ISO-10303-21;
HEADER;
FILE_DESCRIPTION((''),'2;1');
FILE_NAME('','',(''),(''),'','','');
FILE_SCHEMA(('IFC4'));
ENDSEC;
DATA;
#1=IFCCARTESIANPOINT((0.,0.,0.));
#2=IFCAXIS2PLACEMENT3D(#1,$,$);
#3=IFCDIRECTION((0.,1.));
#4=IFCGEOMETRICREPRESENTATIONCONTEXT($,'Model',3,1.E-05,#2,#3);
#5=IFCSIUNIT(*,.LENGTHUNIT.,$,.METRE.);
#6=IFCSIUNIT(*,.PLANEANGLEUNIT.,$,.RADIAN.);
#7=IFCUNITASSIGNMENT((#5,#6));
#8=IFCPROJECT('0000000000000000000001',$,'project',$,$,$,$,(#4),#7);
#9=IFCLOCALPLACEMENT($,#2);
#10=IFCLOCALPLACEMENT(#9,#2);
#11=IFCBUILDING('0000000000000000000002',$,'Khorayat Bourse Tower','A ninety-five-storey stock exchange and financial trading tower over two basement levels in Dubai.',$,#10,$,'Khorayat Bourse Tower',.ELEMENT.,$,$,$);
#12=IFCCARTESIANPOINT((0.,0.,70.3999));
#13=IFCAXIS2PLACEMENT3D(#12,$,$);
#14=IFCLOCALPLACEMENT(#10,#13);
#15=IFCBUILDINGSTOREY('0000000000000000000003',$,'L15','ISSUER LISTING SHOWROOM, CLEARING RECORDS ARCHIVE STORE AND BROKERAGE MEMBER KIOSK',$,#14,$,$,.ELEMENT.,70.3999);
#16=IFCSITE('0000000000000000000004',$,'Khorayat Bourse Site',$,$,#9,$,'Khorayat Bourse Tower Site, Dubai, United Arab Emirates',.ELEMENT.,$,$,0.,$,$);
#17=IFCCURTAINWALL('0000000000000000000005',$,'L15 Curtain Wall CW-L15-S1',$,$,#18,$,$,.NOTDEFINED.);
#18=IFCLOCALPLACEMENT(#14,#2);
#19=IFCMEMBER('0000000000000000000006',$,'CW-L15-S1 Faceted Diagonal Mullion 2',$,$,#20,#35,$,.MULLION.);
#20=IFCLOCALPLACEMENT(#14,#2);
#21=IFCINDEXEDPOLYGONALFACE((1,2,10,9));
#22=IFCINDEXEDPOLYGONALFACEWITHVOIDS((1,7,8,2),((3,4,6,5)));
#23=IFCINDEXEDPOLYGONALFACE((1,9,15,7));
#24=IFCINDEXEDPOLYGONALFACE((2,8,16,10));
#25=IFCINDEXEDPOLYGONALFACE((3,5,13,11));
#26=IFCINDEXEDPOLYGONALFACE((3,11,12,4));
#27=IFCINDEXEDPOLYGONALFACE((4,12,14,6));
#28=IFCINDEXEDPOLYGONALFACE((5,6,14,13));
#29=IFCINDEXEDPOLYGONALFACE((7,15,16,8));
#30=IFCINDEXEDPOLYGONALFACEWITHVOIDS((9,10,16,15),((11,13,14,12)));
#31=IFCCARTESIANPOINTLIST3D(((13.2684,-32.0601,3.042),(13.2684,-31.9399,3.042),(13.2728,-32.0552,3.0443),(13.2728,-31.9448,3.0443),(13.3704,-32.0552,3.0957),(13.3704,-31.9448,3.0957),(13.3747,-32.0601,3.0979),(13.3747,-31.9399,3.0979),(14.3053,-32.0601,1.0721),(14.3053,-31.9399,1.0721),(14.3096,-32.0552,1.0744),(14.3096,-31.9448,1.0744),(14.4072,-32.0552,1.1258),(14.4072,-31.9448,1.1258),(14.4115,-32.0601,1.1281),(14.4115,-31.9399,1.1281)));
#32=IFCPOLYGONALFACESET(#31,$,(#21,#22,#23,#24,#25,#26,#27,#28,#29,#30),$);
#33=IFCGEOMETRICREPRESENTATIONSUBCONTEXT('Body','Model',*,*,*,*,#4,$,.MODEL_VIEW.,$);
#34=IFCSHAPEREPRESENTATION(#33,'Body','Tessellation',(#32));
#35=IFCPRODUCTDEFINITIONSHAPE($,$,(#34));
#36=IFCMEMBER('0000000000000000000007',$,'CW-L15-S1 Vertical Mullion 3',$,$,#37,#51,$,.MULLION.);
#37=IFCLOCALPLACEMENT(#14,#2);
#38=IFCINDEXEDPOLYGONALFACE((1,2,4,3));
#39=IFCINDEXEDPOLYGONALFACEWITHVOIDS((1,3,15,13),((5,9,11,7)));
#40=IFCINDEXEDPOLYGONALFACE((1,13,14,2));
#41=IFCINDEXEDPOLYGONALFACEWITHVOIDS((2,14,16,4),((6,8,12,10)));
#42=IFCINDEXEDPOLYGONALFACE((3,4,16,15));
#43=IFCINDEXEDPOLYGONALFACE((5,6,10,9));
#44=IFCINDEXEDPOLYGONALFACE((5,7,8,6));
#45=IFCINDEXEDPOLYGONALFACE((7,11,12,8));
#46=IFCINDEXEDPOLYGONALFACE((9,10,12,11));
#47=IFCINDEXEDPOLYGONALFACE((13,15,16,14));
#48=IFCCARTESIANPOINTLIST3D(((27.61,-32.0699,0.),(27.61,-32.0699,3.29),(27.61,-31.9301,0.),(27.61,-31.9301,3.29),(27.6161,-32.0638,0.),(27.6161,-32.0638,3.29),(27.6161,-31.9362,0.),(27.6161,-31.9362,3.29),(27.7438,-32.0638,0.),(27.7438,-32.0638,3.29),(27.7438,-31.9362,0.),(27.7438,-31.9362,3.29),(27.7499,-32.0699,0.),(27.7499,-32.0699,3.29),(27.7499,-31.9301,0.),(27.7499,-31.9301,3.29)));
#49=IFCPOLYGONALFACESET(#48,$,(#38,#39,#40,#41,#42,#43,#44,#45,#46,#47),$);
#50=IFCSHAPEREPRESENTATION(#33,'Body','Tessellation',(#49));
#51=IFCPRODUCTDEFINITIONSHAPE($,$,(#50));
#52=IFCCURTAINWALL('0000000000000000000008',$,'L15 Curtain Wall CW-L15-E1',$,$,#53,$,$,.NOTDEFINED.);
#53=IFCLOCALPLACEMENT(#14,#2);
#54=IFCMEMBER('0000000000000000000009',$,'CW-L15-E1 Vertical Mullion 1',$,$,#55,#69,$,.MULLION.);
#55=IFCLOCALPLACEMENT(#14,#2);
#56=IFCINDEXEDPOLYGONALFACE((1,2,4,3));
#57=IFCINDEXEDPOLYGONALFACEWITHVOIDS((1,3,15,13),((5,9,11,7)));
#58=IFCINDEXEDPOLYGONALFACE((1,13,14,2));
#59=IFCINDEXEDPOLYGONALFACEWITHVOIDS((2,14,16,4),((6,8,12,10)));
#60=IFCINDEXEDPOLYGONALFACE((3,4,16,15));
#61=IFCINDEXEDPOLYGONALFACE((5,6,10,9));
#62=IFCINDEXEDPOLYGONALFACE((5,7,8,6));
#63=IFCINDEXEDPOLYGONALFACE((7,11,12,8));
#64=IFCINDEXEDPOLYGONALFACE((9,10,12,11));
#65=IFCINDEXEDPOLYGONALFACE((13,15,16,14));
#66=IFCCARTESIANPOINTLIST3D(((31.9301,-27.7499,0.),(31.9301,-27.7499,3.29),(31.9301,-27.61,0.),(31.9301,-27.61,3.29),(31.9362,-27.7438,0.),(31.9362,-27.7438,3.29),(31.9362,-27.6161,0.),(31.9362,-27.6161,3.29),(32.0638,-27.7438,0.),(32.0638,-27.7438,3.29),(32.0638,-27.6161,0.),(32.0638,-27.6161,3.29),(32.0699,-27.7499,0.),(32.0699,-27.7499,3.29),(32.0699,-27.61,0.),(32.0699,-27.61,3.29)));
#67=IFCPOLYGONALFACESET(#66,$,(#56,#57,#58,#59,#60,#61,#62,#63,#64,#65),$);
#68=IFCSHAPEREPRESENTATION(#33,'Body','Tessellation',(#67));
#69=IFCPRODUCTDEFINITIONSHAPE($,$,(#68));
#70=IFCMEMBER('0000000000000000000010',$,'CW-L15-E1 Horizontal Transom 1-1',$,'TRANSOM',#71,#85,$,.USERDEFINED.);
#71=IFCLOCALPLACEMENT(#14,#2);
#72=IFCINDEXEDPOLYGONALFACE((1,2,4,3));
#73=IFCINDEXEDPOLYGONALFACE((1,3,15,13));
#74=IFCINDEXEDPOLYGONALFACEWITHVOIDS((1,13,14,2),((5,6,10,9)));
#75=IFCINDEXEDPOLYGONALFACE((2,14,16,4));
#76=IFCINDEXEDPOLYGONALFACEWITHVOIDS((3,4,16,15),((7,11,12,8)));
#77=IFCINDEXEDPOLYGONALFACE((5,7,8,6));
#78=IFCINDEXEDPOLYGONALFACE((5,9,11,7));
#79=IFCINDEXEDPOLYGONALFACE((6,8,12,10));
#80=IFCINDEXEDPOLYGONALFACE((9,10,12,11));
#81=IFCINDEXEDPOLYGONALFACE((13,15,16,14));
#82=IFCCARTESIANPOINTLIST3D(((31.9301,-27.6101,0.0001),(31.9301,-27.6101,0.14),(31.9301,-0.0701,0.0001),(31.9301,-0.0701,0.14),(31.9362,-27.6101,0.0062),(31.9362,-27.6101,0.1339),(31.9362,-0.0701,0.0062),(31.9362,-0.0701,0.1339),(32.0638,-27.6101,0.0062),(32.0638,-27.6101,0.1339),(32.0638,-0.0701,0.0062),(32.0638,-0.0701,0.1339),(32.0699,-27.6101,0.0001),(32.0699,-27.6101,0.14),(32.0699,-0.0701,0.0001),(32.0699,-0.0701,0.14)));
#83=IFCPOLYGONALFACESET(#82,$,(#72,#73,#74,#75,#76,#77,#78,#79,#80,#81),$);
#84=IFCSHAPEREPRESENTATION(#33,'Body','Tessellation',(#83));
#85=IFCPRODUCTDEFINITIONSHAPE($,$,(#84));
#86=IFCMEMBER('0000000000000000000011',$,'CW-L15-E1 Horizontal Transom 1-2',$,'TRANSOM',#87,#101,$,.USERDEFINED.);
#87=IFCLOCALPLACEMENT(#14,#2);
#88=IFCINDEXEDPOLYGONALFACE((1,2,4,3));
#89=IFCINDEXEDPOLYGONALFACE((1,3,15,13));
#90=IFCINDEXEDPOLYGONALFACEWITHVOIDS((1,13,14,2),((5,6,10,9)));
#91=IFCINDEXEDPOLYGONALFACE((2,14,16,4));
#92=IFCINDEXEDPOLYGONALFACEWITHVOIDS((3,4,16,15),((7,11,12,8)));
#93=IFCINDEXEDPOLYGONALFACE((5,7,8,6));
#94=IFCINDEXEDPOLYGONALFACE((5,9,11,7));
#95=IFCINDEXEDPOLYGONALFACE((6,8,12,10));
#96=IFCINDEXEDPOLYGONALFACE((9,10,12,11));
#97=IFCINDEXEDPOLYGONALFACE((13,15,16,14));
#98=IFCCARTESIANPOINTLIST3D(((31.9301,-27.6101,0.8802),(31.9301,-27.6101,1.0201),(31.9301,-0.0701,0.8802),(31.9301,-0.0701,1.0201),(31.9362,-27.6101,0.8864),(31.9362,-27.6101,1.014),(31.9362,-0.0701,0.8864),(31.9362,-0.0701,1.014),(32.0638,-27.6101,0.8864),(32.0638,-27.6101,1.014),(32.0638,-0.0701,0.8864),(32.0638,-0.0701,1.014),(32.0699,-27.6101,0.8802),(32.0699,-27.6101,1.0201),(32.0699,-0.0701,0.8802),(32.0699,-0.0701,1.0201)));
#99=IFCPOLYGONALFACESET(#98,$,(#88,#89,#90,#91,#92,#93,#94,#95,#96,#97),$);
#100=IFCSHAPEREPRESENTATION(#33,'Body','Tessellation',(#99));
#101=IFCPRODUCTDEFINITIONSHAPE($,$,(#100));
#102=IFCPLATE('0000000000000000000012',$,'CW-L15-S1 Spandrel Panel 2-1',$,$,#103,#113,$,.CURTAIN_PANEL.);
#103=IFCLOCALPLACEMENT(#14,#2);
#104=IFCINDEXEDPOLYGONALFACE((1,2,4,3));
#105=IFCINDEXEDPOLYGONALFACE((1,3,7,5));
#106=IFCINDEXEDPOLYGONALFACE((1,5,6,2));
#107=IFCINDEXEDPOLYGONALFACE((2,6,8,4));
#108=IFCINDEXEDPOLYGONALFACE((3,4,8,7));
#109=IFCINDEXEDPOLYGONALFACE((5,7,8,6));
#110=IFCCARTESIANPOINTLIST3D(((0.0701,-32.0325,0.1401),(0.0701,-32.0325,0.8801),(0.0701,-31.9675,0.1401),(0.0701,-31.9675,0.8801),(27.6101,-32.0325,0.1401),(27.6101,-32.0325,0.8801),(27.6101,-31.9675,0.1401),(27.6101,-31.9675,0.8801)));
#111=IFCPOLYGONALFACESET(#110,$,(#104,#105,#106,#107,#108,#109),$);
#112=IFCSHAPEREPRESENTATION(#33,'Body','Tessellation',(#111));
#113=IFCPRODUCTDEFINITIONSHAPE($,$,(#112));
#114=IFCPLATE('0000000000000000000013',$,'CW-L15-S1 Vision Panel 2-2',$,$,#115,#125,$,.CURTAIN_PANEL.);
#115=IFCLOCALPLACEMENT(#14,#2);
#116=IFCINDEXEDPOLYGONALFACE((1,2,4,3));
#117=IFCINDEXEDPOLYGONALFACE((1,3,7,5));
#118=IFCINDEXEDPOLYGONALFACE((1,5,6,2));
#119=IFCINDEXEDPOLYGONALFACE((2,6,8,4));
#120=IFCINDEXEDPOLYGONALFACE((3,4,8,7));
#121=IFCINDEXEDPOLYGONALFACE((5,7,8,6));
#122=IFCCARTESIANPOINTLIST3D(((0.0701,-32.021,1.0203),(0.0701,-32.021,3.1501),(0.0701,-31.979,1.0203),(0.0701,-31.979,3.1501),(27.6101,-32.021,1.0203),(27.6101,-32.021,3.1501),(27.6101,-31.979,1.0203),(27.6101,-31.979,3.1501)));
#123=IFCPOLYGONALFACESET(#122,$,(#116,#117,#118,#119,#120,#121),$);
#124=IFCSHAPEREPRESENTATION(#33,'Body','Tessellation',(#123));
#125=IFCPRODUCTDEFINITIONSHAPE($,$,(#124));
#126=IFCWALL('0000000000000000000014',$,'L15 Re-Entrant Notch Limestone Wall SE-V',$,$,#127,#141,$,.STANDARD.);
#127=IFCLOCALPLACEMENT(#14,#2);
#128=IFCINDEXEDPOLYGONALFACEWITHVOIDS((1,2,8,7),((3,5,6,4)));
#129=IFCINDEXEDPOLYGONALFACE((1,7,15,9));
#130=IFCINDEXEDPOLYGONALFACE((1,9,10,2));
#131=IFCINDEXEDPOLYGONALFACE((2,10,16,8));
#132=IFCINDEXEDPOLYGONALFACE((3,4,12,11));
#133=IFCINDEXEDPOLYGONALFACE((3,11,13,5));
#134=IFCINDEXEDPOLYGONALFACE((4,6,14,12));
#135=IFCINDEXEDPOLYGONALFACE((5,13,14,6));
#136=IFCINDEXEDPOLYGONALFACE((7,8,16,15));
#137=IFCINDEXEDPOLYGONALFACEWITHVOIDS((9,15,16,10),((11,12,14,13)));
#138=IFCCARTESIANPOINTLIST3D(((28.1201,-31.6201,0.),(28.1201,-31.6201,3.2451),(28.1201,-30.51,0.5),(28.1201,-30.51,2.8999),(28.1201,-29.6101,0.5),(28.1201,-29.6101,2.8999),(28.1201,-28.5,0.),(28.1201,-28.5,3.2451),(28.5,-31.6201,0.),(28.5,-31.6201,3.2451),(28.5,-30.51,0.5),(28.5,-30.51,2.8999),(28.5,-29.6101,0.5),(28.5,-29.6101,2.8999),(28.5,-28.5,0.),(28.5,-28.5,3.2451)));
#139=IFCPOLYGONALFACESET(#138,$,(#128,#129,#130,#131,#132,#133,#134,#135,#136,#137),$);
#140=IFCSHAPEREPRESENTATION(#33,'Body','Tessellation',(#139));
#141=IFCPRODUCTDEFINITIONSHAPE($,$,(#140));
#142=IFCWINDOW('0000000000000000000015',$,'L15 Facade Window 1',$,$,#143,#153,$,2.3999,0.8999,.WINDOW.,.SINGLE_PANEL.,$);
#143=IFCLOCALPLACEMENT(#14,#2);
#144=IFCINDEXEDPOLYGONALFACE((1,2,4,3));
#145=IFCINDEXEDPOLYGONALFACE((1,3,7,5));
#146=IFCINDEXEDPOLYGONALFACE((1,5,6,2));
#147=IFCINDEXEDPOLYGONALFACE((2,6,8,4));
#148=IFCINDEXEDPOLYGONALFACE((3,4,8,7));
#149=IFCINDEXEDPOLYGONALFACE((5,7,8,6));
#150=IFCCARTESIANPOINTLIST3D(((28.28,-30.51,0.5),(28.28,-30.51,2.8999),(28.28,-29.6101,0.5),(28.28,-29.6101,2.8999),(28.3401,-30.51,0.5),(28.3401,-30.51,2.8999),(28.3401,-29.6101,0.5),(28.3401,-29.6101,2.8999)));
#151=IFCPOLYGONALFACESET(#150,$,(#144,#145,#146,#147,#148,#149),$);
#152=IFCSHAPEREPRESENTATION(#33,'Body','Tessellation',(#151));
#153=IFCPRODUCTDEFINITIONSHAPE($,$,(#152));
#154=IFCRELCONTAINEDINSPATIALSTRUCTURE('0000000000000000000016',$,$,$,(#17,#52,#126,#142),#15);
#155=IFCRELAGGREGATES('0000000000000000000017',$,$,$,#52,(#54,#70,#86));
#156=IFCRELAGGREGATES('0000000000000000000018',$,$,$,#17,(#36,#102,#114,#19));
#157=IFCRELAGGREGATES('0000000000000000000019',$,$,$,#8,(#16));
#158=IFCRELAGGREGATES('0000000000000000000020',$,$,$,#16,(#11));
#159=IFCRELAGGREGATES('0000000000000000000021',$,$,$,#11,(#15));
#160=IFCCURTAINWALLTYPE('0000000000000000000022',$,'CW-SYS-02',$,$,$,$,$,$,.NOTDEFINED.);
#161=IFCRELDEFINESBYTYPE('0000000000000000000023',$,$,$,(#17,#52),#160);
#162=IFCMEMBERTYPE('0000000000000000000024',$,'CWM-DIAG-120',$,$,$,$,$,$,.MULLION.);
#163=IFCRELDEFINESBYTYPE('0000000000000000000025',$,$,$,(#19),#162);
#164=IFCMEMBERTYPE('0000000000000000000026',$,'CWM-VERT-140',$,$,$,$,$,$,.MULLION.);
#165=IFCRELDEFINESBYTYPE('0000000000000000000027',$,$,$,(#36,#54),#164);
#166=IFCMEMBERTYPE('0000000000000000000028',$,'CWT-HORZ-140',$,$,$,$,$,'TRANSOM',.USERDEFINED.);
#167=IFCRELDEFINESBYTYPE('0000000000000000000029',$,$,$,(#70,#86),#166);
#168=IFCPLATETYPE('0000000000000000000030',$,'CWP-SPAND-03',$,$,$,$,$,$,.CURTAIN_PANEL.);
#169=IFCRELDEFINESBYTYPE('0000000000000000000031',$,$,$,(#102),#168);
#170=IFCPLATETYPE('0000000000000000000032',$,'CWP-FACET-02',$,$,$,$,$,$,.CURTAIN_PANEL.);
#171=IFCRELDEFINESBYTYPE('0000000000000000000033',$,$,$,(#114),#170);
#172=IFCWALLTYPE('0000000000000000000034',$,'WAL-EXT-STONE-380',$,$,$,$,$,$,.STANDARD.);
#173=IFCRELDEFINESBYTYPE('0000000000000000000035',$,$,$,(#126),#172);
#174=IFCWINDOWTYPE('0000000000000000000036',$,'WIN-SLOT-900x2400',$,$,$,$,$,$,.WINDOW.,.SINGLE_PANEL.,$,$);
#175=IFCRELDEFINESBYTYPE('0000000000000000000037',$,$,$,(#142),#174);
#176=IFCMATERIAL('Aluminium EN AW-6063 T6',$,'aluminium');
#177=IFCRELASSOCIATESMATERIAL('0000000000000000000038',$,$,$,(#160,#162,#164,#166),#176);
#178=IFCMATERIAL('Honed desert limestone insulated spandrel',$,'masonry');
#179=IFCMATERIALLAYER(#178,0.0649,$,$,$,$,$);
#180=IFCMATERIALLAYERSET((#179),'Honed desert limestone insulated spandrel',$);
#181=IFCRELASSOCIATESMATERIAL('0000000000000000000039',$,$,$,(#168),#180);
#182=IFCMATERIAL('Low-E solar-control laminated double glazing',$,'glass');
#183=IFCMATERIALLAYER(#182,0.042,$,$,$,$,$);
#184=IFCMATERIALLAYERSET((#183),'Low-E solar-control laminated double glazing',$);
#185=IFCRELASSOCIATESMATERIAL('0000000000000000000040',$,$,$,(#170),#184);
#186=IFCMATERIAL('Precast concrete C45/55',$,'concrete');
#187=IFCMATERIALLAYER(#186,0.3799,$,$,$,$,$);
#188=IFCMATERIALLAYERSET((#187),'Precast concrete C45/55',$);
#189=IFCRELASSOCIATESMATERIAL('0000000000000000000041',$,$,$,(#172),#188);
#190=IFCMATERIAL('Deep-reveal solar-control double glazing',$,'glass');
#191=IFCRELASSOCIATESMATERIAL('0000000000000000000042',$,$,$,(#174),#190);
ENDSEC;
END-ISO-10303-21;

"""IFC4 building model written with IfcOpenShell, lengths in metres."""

from ifc_helpers import new_model, si_unit, direction, frame, frame_2d, origin, origin_2d, place, context, subcontext, project, spatial, rectangle, hollow_rectangle, extrude, source, transform, mapped, material, layer, layer_set, material_profile, profile_set, type_object, element, fill, aggregate, save


model = new_model("IFC4")

# Units and contexts
model_context = context("Model", 3, precision=1e-05, world=origin(), true_north=direction((0.0, 1.0)))
body_context = subcontext(model_context, "Body", "Model", "MODEL_VIEW")
ifc_project = project(units=[si_unit("LENGTHUNIT", "METRE"), si_unit("PLANEANGLEUNIT", "RADIAN")], contexts=[model_context])

# Site, building, storey
site_placement = place(None, origin())
site = spatial("IfcSite", under=ifc_project, at=site_placement, Name="Khorayat Bourse Site", LongName="Khorayat Bourse Tower Site, Dubai, United Arab Emirates", CompositionType="ELEMENT", RefElevation=0.0)
building_placement = place(site_placement, origin())
building = spatial("IfcBuilding", under=site, at=building_placement, Name="Khorayat Bourse Tower", Description="A ninety-five-storey stock exchange and financial trading tower over two basement levels in Dubai.", LongName="Khorayat Bourse Tower", CompositionType="ELEMENT")
storey_placement = place(building_placement, frame((0.0, 0.0, 70.3999)))
storey = spatial("IfcBuildingStorey", under=building, at=storey_placement, Name="L15", Description="ISSUER LISTING SHOWROOM, CLEARING RECORDS ARCHIVE STORE AND BROKERAGE MEMBER KIOSK", CompositionType="ELEMENT", Elevation=70.3999)

# Curtain walls, members
ifc_material_1 = material(Name="Aluminium EN AW-6063 T6", Category="aluminium")
curtain_wall_type = type_object("IfcCurtainWallType", Name="CW-SYS-02", PredefinedType="NOTDEFINED", material=ifc_material_1)
curtain_wall_1_placement = place(storey_placement, origin())
curtain_wall_1 = element("IfcCurtainWall", 1, at=curtain_wall_1_placement, inside=storey, type_object=curtain_wall_type, Name="L15 Curtain Wall CW-L15-S1", PredefinedType="NOTDEFINED")
ifc_material_profile_1 = material_profile(ifc_material_1, hollow_rectangle(XDim=0.1201, YDim=0.1201, WallThickness=0.0049, at=origin_2d()), Name="ALU 120x120x5")
ifc_profile_set_1 = profile_set([ifc_material_profile_1], Name="Aluminium EN AW-6063 T6")
member_type_1 = type_object("IfcMemberType", Name="CWM-DIAG-120", PredefinedType="MULLION", material=ifc_profile_set_1)
shared_shape_1 = source(origin(), body_context, "Body", "SweptSolid", [
    extrude(hollow_rectangle(XDim=0.1201, YDim=0.1201, WallThickness=0.0049, at=origin_2d()), origin(), (0.0, 0.0, 1.0), 2.2261),
])
member_1_placement = place(storey_placement, frame((14.3584, -32.0, 1.1001), z_axis=(-0.46576, 0.0, 0.884911), x_axis=(0.0, -1.0, 0.0)))
member_1 = element("IfcMember", 2, at=member_1_placement, type_object=member_type_1, Name="CW-L15-S1 Faceted Diagonal Mullion 2", PredefinedType="MULLION", context=body_context, shape_type="MappedRepresentation", body=[
    mapped(shared_shape_1, transform((0.0, 0.0, 0.0), scale=1.0)),
])
ifc_material_profile_2 = material_profile(ifc_material_1, hollow_rectangle(XDim=0.1399, YDim=0.1399, WallThickness=0.0061, at=origin_2d()), Name="ALU 140x140x6")
ifc_profile_set_2 = profile_set([ifc_material_profile_2], Name="Aluminium EN AW-6063 T6")
member_type_2 = type_object("IfcMemberType", Name="CWM-VERT-140", PredefinedType="MULLION", material=ifc_profile_set_2)
shared_shape_2 = source(origin(), body_context, "Body", "SweptSolid", [
    extrude(hollow_rectangle(XDim=0.1399, YDim=0.1399, WallThickness=0.0061, at=origin_2d()), origin(), (0.0, 0.0, 1.0), 3.29),
])
member_2_placement = place(storey_placement, frame((27.6799, -32.0, 0.0), z_axis=(0.0, 0.0, 1.0), x_axis=(0.0, 1.0, 0.0)))
member_2 = element("IfcMember", 3, at=member_2_placement, type_object=member_type_2, Name="CW-L15-S1 Vertical Mullion 3", PredefinedType="MULLION", context=body_context, shape_type="MappedRepresentation", body=[
    mapped(shared_shape_2, transform((0.0, 0.0, 0.0), scale=1.0)),
])
curtain_wall_2_placement = place(storey_placement, origin())
curtain_wall_2 = element("IfcCurtainWall", 4, at=curtain_wall_2_placement, inside=storey, type_object=curtain_wall_type, Name="L15 Curtain Wall CW-L15-E1", PredefinedType="NOTDEFINED")
member_3_placement = place(storey_placement, frame((32.0, -27.6799, 0.0), z_axis=(0.0, 0.0, 1.0), x_axis=(-1.0, 0.0, 0.0)))
member_3 = element("IfcMember", 5, at=member_3_placement, type_object=member_type_2, Name="CW-L15-E1 Vertical Mullion 1", PredefinedType="MULLION", context=body_context, shape_type="MappedRepresentation", body=[
    mapped(shared_shape_2, transform((0.0, 0.0, 0.0), scale=1.0)),
])
ifc_material_profile_3 = material_profile(ifc_material_1, hollow_rectangle(XDim=0.1399, YDim=0.1399, WallThickness=0.0061, at=origin_2d()), Name="ALU 140x140x6")
ifc_profile_set_3 = profile_set([ifc_material_profile_3], Name="Aluminium EN AW-6063 T6")
member_type_3 = type_object("IfcMemberType", Name="CWT-HORZ-140", ElementType="TRANSOM", PredefinedType="USERDEFINED", material=ifc_profile_set_3)
shared_shape_3 = source(origin(), body_context, "Body", "SweptSolid", [
    extrude(hollow_rectangle(XDim=0.1399, YDim=0.1399, WallThickness=0.0061, at=origin_2d()), origin(), (0.0, 0.0, 1.0), 27.54),
])
member_4_placement = place(storey_placement, frame((32.0, -27.6101, 0.0701), z_axis=(0.0, 1.0, 0.0), x_axis=(-1.0, 0.0, 0.0)))
member_4 = element("IfcMember", 6, at=member_4_placement, type_object=member_type_3, Name="CW-L15-E1 Horizontal Transom 1-1", ObjectType="TRANSOM", PredefinedType="USERDEFINED", context=body_context, shape_type="MappedRepresentation", body=[
    mapped(shared_shape_3, transform((0.0, 0.0, 0.0), scale=1.0)),
])
member_5_placement = place(storey_placement, frame((32.0, -27.6101, 0.9502), z_axis=(0.0, 1.0, 0.0), x_axis=(-1.0, 0.0, 0.0)))
member_5 = element("IfcMember", 7, at=member_5_placement, type_object=member_type_3, Name="CW-L15-E1 Horizontal Transom 1-2", ObjectType="TRANSOM", PredefinedType="USERDEFINED", context=body_context, shape_type="MappedRepresentation", body=[
    mapped(shared_shape_3, transform((0.0, 0.0, 0.0), scale=1.0)),
])
aggregate(curtain_wall_2, [member_3, member_4, member_5])

# Plates
ifc_material_2 = material(Name="Honed desert limestone insulated spandrel", Category="masonry")
ifc_layer_1 = layer(ifc_material_2, 0.0649)
ifc_layer_set_1 = layer_set([ifc_layer_1], Name="Honed desert limestone insulated spandrel")
plate_type_1 = type_object("IfcPlateType", Name="CWP-SPAND-03", PredefinedType="CURTAIN_PANEL", material=ifc_layer_set_1)
shared_shape_4 = source(origin(), body_context, "Body", "SweptSolid", [
    extrude(rectangle(XDim=27.54, YDim=0.0649, at=origin_2d()), origin(), (0.0, 0.0, 1.0), 0.74),
])
plate_1_placement = place(storey_placement, frame((13.8401, -32.0, 0.1401), z_axis=(0.0, 0.0, 1.0), x_axis=(1.0, 0.0, 0.0)))
plate_1 = element("IfcPlate", 8, at=plate_1_placement, type_object=plate_type_1, Name="CW-L15-S1 Spandrel Panel 2-1", PredefinedType="CURTAIN_PANEL", context=body_context, shape_type="MappedRepresentation", body=[
    mapped(shared_shape_4, transform((0.0, 0.0, 0.0), scale=1.0)),
])
ifc_material_3 = material(Name="Low-E solar-control laminated double glazing", Category="glass")
ifc_layer_2 = layer(ifc_material_3, 0.042)
ifc_layer_set_2 = layer_set([ifc_layer_2], Name="Low-E solar-control laminated double glazing")
plate_type_2 = type_object("IfcPlateType", Name="CWP-FACET-02", PredefinedType="CURTAIN_PANEL", material=ifc_layer_set_2)
shared_shape_5 = source(origin(), body_context, "Body", "SweptSolid", [
    extrude(rectangle(XDim=27.54, YDim=0.042, at=origin_2d()), origin(), (0.0, 0.0, 1.0), 2.1299),
])
plate_2_placement = place(storey_placement, frame((13.8401, -32.0, 1.0203), z_axis=(0.0, 0.0, 1.0), x_axis=(1.0, 0.0, 0.0)))
plate_2 = element("IfcPlate", 9, at=plate_2_placement, type_object=plate_type_2, Name="CW-L15-S1 Vision Panel 2-2", PredefinedType="CURTAIN_PANEL", context=body_context, shape_type="MappedRepresentation", body=[
    mapped(shared_shape_5, transform((0.0, 0.0, 0.0), scale=1.0)),
])
aggregate(curtain_wall_1, [member_2, plate_1, plate_2, member_1])

# Wall, opening, window
ifc_material_4 = material(Name="Precast concrete C45/55", Category="concrete")
ifc_layer_3 = layer(ifc_material_4, 0.3799)
ifc_layer_set_3 = layer_set([ifc_layer_3], Name="Precast concrete C45/55")
wall_type_1 = type_object("IfcWallType", Name="WAL-EXT-STONE-380", PredefinedType="STANDARD", material=ifc_layer_set_3)
shared_shape_6 = source(origin(), body_context, "Body", "SweptSolid", [
    extrude(rectangle(XDim=3.1201, YDim=0.3799, at=frame_2d((1.5601, 0.0))), origin(), (0.0, 0.0, 1.0), 3.2451),
])
wall_1_placement = place(storey_placement, frame((28.3101, -31.6201, 0.0), z_axis=(0.0, 0.0, 1.0), x_axis=(0.0, 1.0, 0.0)))
wall_1 = element("IfcWall", 10, at=wall_1_placement, inside=storey, type_object=wall_type_1, Name="L15 Re-Entrant Notch Limestone Wall SE-V", PredefinedType="STANDARD", context=body_context, shape_type="MappedRepresentation", body=[
    mapped(shared_shape_6, transform((0.0, 0.0, 0.0), scale=1.0)),
])
shared_shape_7 = source(origin(), body_context, "Body", "SweptSolid", [
    extrude(rectangle(XDim=0.8999, YDim=2.3999, at=frame_2d((0.45, 1.2))), frame((0.0, 0.2, 0.0), z_axis=(0.0, -1.0, 0.0), x_axis=(1.0, 0.0, 0.0)), (0.0, 0.0, 1.0), 0.3999),
])
opening_1_placement = place(wall_1_placement, frame((1.1101, 0.0, 0.5)))
opening_1 = element("IfcOpeningElement", 11, at=opening_1_placement, cuts=wall_1, PredefinedType="OPENING", context=body_context, shape_type="MappedRepresentation", body=[
    mapped(shared_shape_7, transform((0.0, 0.0, 0.0), scale=1.0)),
])
ifc_material_5 = material(Name="Deep-reveal solar-control double glazing", Category="glass")
window_type = type_object("IfcWindowType", Name="WIN-SLOT-900x2400", PartitioningType="SINGLE_PANEL", PredefinedType="WINDOW", material=ifc_material_5)
shared_shape_8 = source(origin(), body_context, "Body", "SweptSolid", [
    extrude(rectangle(XDim=0.8999, YDim=2.3999, at=frame_2d((0.45, 1.2))), frame((0.0, 0.03, 0.0), z_axis=(0.0, -1.0, 0.0), x_axis=(1.0, 0.0, 0.0)), (0.0, 0.0, 1.0), 0.0601),
])
window_1_placement = place(opening_1_placement, origin())
window_1 = element("IfcWindow", 12, at=window_1_placement, inside=storey, type_object=window_type, Name="L15 Facade Window 1", OverallHeight=2.3999, OverallWidth=0.8999, PartitioningType="SINGLE_PANEL", PredefinedType="WINDOW", context=body_context, shape_type="MappedRepresentation", body=[
    mapped(shared_shape_8, transform((0.0, 0.0, 0.0), scale=1.0)),
])
fill(opening_1, window_1)

save(model, "model.ifc")
